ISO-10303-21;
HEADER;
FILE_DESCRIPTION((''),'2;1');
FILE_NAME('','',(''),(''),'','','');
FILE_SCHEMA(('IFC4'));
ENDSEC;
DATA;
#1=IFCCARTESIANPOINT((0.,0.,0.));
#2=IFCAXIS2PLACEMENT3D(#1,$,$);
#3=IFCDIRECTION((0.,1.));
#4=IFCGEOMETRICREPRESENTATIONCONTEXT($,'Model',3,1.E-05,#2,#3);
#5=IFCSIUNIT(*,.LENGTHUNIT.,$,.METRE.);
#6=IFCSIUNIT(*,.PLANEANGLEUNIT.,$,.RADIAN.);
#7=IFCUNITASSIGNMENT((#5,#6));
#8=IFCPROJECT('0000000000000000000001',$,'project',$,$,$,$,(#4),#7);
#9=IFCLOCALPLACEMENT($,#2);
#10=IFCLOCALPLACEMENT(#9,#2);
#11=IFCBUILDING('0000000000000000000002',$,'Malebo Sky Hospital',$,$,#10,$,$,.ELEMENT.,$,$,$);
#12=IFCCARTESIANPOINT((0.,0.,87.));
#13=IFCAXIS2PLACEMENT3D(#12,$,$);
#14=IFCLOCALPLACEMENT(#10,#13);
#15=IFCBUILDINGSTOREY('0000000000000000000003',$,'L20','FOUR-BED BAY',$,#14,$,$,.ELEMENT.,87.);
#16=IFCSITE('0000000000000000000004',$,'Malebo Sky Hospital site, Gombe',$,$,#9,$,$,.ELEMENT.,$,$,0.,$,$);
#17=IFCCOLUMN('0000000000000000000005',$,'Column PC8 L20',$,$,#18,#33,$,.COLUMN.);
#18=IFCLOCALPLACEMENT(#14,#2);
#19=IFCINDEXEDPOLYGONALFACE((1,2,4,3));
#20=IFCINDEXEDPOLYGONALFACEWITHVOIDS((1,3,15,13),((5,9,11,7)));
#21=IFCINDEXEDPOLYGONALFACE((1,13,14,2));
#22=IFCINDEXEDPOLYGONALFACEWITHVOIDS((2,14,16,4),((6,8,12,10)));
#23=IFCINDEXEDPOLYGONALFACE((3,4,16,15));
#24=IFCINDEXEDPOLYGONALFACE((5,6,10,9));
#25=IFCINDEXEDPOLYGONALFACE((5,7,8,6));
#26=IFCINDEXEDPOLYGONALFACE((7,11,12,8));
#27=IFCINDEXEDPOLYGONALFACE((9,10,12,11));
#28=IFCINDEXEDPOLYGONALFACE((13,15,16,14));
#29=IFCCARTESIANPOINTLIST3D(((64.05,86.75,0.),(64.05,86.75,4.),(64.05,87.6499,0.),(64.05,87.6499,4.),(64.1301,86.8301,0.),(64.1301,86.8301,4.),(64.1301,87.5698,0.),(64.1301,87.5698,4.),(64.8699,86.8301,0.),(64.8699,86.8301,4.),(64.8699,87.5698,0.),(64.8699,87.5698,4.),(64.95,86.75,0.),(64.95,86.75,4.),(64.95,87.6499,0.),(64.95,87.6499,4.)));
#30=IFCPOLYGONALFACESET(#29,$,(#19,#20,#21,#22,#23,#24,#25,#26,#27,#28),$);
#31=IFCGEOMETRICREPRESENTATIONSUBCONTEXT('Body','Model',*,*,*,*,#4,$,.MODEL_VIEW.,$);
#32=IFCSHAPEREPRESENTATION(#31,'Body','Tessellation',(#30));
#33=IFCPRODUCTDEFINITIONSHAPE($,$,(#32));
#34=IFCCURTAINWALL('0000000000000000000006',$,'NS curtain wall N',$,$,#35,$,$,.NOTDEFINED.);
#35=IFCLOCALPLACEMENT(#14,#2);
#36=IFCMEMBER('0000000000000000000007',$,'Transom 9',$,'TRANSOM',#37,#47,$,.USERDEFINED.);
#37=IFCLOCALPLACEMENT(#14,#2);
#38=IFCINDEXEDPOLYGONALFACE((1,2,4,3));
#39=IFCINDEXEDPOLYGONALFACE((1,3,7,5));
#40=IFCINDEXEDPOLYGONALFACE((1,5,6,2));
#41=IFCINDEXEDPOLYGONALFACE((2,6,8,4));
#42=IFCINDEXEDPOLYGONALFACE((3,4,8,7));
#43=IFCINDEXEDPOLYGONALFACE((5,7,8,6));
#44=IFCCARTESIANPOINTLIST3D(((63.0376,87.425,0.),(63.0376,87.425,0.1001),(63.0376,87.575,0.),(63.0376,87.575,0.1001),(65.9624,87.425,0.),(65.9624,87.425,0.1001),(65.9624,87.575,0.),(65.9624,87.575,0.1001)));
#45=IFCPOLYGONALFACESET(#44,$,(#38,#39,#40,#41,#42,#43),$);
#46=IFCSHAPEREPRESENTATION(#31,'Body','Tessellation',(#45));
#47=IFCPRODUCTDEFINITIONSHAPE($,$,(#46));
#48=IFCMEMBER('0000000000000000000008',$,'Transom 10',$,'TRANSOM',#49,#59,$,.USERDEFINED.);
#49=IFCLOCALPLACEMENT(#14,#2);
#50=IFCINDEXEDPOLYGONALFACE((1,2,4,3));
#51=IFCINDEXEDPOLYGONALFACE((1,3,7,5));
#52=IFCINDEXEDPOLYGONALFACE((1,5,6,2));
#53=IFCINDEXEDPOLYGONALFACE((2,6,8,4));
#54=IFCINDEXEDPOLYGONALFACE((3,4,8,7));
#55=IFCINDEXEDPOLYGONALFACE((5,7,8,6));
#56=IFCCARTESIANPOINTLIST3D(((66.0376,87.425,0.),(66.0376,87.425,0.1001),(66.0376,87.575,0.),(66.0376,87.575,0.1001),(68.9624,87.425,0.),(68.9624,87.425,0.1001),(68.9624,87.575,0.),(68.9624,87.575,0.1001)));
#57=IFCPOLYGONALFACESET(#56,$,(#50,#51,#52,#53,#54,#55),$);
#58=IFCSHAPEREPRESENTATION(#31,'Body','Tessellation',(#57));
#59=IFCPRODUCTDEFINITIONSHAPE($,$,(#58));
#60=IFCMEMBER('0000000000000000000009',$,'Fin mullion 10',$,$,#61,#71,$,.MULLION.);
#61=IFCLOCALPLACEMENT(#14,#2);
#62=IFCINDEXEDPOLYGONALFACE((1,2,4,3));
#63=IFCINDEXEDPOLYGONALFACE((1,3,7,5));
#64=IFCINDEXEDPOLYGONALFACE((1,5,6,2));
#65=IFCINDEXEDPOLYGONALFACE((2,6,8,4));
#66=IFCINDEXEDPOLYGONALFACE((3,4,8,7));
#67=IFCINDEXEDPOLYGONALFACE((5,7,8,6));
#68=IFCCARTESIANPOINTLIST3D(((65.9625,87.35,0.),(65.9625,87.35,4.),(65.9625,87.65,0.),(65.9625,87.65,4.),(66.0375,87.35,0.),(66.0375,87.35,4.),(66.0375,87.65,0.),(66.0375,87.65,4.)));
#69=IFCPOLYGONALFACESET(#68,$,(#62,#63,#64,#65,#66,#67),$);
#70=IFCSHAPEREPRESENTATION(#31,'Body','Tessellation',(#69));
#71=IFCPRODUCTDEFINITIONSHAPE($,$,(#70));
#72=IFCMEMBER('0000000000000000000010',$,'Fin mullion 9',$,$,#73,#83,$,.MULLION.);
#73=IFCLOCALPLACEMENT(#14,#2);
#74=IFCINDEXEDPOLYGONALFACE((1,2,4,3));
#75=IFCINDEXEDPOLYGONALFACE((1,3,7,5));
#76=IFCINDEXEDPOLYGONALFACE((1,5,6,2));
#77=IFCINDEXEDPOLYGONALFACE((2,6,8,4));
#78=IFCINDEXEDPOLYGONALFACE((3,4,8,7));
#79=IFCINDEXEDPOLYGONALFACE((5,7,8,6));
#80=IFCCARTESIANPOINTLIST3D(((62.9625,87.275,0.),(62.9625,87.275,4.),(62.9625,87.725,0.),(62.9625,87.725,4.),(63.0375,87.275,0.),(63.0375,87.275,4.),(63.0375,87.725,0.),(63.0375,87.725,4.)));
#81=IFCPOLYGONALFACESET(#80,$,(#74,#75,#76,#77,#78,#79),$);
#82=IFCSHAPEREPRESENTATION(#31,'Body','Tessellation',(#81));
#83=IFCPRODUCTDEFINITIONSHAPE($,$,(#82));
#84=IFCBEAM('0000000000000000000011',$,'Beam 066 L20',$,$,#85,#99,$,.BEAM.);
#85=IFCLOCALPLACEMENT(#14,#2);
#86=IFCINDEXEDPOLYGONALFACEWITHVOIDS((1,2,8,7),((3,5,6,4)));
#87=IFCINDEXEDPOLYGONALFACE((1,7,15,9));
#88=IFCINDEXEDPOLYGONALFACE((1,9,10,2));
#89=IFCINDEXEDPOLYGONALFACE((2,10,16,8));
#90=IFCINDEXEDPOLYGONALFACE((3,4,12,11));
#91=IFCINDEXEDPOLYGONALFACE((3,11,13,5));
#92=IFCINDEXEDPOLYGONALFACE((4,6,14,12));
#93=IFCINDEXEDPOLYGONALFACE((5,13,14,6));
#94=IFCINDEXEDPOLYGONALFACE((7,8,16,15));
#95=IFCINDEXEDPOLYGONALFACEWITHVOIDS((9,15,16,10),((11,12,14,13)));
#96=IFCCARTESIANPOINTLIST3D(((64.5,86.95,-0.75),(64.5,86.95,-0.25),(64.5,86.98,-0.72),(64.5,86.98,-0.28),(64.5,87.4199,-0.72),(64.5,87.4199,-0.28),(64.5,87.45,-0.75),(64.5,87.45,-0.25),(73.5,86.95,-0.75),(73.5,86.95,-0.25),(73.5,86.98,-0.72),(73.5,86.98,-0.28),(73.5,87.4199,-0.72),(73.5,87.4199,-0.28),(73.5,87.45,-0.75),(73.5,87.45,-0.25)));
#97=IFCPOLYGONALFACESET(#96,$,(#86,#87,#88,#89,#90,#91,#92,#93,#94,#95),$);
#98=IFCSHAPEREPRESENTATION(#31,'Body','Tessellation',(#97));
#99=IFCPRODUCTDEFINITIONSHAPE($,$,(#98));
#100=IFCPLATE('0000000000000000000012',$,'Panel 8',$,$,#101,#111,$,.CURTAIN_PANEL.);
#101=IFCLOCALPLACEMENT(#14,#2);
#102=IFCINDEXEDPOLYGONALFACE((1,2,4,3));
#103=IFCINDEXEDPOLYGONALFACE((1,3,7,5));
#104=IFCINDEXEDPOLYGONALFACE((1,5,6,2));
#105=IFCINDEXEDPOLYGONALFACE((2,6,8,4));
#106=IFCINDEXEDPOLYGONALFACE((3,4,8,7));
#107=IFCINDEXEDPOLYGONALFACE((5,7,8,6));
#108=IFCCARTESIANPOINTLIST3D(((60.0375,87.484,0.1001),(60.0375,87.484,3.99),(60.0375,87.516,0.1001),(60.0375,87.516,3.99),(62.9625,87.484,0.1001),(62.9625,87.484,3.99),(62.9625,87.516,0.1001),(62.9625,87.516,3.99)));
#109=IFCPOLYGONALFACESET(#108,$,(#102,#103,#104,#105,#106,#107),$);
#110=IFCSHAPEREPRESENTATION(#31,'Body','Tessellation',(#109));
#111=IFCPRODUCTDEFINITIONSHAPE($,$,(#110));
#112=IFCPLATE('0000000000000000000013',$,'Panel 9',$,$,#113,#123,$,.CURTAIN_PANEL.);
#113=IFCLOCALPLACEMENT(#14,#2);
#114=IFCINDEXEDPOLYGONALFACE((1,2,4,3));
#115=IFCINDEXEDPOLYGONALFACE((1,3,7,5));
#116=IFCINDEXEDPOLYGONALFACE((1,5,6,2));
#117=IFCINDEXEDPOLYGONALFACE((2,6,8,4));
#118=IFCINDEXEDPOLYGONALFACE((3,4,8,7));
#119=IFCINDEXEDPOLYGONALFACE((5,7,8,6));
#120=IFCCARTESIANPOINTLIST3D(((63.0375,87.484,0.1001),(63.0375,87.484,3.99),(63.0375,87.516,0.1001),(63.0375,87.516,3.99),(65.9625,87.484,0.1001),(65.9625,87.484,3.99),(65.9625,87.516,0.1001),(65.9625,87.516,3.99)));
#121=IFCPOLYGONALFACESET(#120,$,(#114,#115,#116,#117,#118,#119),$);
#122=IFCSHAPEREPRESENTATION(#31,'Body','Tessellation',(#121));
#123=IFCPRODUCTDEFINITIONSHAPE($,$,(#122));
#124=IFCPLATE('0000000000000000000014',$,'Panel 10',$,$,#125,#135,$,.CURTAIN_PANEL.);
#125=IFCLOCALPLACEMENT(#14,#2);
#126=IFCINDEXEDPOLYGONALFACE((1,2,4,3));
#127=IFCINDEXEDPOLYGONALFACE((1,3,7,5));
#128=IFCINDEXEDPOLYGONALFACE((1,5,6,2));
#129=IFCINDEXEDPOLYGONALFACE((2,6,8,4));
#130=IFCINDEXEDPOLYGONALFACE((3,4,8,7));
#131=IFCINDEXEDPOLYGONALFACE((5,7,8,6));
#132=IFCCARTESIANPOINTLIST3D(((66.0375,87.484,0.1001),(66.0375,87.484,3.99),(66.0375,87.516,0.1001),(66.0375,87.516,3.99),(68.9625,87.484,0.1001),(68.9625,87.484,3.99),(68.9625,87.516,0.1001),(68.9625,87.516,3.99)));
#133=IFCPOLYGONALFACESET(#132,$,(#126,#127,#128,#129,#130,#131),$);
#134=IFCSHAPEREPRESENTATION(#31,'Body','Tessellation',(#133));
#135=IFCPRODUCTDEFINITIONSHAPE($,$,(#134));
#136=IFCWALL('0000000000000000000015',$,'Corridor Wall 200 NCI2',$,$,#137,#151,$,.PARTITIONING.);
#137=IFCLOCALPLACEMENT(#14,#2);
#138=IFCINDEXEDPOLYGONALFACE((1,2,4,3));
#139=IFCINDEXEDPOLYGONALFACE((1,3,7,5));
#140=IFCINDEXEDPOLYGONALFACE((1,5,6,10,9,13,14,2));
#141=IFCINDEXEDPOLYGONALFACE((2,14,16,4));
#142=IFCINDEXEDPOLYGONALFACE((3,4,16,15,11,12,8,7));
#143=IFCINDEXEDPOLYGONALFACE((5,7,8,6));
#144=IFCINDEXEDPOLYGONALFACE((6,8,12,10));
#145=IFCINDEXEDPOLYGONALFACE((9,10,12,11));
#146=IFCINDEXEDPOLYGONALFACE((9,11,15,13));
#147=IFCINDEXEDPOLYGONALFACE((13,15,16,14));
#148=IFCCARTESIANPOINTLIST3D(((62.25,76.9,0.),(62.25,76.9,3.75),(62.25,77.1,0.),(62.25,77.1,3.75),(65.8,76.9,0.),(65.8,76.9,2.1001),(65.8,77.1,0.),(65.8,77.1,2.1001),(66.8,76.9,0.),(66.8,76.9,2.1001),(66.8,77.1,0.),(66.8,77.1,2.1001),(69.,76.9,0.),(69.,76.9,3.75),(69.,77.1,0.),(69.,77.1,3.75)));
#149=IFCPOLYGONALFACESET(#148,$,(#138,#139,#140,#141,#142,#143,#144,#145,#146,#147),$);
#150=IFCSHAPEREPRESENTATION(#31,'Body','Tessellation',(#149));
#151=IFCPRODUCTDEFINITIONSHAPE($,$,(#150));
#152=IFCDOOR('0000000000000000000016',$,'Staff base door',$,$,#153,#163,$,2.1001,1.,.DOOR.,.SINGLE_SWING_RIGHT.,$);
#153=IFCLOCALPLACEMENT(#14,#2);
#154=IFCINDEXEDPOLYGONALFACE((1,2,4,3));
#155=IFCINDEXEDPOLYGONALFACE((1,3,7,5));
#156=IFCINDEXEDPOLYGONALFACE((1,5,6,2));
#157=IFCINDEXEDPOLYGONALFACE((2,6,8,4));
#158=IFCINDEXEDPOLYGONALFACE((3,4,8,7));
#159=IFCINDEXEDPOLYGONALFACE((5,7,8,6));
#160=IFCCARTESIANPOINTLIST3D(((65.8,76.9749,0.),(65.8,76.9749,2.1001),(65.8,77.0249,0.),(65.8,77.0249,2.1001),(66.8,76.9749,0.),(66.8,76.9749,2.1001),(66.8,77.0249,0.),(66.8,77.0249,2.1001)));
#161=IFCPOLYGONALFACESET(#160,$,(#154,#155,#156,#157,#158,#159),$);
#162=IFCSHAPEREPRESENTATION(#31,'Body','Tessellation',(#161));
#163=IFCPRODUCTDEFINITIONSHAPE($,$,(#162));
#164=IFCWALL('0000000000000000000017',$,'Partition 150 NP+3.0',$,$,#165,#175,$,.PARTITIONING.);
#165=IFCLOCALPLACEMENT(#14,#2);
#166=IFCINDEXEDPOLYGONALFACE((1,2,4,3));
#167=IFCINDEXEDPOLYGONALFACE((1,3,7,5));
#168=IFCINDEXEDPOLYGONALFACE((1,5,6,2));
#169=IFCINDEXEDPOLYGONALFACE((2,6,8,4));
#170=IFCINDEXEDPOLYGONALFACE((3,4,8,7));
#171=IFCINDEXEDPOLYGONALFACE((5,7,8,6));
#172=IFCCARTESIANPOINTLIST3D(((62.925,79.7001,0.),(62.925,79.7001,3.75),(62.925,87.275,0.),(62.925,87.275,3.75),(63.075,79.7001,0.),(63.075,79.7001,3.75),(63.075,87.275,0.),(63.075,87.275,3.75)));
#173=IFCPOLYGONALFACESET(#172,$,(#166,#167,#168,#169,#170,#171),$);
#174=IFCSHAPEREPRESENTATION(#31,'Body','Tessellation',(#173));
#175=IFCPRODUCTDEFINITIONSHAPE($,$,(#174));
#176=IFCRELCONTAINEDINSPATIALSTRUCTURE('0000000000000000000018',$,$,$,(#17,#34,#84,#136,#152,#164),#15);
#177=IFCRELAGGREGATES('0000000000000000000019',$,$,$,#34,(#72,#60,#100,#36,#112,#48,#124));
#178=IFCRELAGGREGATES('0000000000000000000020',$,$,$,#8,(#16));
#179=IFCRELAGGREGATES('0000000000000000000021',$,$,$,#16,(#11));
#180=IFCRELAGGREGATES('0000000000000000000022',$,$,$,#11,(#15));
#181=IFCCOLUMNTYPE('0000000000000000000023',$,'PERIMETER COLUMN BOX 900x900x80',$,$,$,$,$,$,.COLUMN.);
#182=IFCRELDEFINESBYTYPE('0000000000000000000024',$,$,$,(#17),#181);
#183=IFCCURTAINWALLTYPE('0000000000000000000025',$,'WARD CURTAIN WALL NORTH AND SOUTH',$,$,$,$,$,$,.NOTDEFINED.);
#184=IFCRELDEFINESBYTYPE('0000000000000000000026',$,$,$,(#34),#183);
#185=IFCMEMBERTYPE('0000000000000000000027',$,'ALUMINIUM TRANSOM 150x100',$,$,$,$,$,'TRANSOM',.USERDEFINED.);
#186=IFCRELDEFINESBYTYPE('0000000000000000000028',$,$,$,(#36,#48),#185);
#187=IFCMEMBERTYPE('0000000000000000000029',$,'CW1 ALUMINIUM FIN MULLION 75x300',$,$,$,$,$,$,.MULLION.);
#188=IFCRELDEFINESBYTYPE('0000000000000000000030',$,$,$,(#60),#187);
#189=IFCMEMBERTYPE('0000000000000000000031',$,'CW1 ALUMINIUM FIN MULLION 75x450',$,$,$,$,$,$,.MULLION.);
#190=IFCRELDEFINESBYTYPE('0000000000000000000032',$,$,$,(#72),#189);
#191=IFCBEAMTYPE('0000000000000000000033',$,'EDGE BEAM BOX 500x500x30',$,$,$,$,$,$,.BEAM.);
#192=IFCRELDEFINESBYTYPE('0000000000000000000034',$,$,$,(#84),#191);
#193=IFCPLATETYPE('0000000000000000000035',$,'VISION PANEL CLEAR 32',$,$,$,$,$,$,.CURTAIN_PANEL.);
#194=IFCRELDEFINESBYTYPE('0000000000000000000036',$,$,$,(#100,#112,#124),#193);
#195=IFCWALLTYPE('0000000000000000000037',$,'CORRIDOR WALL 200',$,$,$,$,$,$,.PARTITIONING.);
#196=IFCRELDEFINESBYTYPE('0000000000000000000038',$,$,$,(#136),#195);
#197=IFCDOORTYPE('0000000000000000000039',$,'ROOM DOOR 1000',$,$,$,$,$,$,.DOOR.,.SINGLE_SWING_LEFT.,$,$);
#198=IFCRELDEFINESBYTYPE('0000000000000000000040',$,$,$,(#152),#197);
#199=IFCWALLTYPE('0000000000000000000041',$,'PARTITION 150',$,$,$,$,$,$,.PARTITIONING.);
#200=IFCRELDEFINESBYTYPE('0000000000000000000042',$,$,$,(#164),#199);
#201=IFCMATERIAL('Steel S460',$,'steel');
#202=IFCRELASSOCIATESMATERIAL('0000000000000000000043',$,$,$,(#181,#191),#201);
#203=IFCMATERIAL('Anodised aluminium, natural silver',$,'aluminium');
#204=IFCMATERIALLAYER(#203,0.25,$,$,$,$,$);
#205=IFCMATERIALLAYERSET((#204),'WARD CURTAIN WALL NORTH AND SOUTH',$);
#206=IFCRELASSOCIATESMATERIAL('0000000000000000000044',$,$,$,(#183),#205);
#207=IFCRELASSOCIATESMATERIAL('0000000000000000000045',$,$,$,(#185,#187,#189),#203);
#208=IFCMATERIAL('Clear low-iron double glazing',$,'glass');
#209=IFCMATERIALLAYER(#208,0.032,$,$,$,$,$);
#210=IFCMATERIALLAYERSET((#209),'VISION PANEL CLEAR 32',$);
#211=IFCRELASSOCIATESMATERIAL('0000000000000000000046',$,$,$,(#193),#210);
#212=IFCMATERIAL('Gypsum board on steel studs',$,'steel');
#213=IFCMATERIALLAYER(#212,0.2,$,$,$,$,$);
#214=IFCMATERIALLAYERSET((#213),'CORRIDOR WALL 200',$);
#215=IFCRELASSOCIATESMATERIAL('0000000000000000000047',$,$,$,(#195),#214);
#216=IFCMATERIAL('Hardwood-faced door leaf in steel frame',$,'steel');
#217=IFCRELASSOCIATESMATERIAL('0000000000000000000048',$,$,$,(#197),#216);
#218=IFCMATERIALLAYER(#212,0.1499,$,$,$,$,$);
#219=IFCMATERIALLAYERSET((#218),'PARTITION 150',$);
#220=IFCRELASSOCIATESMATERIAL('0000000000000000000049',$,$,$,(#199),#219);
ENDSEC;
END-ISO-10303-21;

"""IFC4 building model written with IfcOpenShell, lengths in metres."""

from ifc_helpers import new_model, si_unit, direction, frame, frame_2d, origin, origin_2d, place, context, subcontext, project, spatial, rectangle, hollow_rectangle, extrude, material, layer, layer_set, material_profile, profile_set, type_object, element, fill, aggregate, save


model = new_model("IFC4")

# Units and contexts
model_context = context("Model", 3, precision=1e-05, world=origin(), true_north=direction((0.0, 1.0)))
body_context = subcontext(model_context, "Body", "Model", "MODEL_VIEW")
ifc_project = project(units=[si_unit("LENGTHUNIT", "METRE"), si_unit("PLANEANGLEUNIT", "RADIAN")], contexts=[model_context])

# Site, building, storey
site_placement = place(None, origin())
site = spatial("IfcSite", under=ifc_project, at=site_placement, Name="Malebo Sky Hospital site, Gombe", CompositionType="ELEMENT", RefElevation=0.0)
building_placement = place(site_placement, origin())
building = spatial("IfcBuilding", under=site, at=building_placement, Name="Malebo Sky Hospital", CompositionType="ELEMENT")
storey_placement = place(building_placement, frame((0.0, 0.0, 87.0)))
storey = spatial("IfcBuildingStorey", under=building, at=storey_placement, Name="L20", Description="FOUR-BED BAY", CompositionType="ELEMENT", Elevation=87.0)

# Column
ifc_material_1 = material(Name="Steel S460", Category="steel")
ifc_material_profile_1 = material_profile(ifc_material_1, hollow_rectangle(XDim=0.8999, YDim=0.8999, WallThickness=0.0801, at=origin_2d()), Name="BOX 900x900x80")
ifc_profile_set_1 = profile_set([ifc_material_profile_1], Name="Steel S460")
column_type = type_object("IfcColumnType", Name="PERIMETER COLUMN BOX 900x900x80", PredefinedType="COLUMN", material=ifc_profile_set_1)
column_placement = place(storey_placement, frame((64.5, 87.2, 0.0), z_axis=(0.0, 0.0, 1.0), x_axis=(1.0, 0.0, 0.0)))
element("IfcColumn", 1, at=column_placement, inside=storey, type_object=column_type, Name="Column PC8 L20", PredefinedType="COLUMN", context=body_context, shape_type="SweptSolid", body=[
    extrude(hollow_rectangle(XDim=0.8999, YDim=0.8999, WallThickness=0.0801, at=origin_2d()), origin(), (0.0, 0.0, 1.0), 4.0),
])

# Curtain wall, members
ifc_material_2 = material(Name="Anodised aluminium, natural silver", Category="aluminium")
ifc_layer_1 = layer(ifc_material_2, 0.25)
ifc_layer_set_1 = layer_set([ifc_layer_1], Name="WARD CURTAIN WALL NORTH AND SOUTH")
curtain_wall_type = type_object("IfcCurtainWallType", Name="WARD CURTAIN WALL NORTH AND SOUTH", PredefinedType="NOTDEFINED", material=ifc_layer_set_1)
curtain_wall_placement = place(storey_placement, origin())
curtain_wall = element("IfcCurtainWall", 2, at=curtain_wall_placement, inside=storey, type_object=curtain_wall_type, Name="NS curtain wall N", PredefinedType="NOTDEFINED")
ifc_material_profile_2 = material_profile(ifc_material_2, rectangle(XDim=0.1499, YDim=0.1001, at=origin_2d()), Name="ALUMINIUM TRANSOM 150x100")
ifc_profile_set_2 = profile_set([ifc_material_profile_2], Name="Anodised aluminium, natural silver")
member_type_1 = type_object("IfcMemberType", Name="ALUMINIUM TRANSOM 150x100", ElementType="TRANSOM", PredefinedType="USERDEFINED", material=ifc_profile_set_2)
member_1_placement = place(storey_placement, frame((63.0376, 87.5, 0.05), z_axis=(1.0, 0.0, 0.0), x_axis=(0.0, 1.0, 0.0)))
member_1 = element("IfcMember", 3, at=member_1_placement, type_object=member_type_1, Name="Transom 9", ObjectType="TRANSOM", PredefinedType="USERDEFINED", context=body_context, shape_type="SweptSolid", body=[
    extrude(rectangle(XDim=0.1499, YDim=0.1001, at=origin_2d()), origin(), (0.0, 0.0, 1.0), 2.9248),
])
member_2_placement = place(storey_placement, frame((66.0376, 87.5, 0.05), z_axis=(1.0, 0.0, 0.0), x_axis=(0.0, 1.0, 0.0)))
member_2 = element("IfcMember", 4, at=member_2_placement, type_object=member_type_1, Name="Transom 10", ObjectType="TRANSOM", PredefinedType="USERDEFINED", context=body_context, shape_type="SweptSolid", body=[
    extrude(rectangle(XDim=0.1499, YDim=0.1001, at=origin_2d()), origin(), (0.0, 0.0, 1.0), 2.9248),
])
ifc_material_profile_3 = material_profile(ifc_material_2, rectangle(XDim=0.075, YDim=0.3, at=origin_2d()), Name="CW1 ALUMINIUM FIN MULLION 75x300")
ifc_profile_set_3 = profile_set([ifc_material_profile_3], Name="Anodised aluminium, natural silver")
member_type_2 = type_object("IfcMemberType", Name="CW1 ALUMINIUM FIN MULLION 75x300", PredefinedType="MULLION", material=ifc_profile_set_3)
member_3_placement = place(storey_placement, frame((66.0, 87.5, 0.0), z_axis=(0.0, 0.0, 1.0), x_axis=(1.0, 0.0, 0.0)))
member_3 = element("IfcMember", 5, at=member_3_placement, type_object=member_type_2, Name="Fin mullion 10", PredefinedType="MULLION", context=body_context, shape_type="SweptSolid", body=[
    extrude(rectangle(XDim=0.075, YDim=0.3, at=origin_2d()), origin(), (0.0, 0.0, 1.0), 4.0),
])
ifc_material_profile_4 = material_profile(ifc_material_2, rectangle(XDim=0.075, YDim=0.45, at=origin_2d()), Name="CW1 ALUMINIUM FIN MULLION 75x450")
ifc_profile_set_4 = profile_set([ifc_material_profile_4], Name="Anodised aluminium, natural silver")
member_type_3 = type_object("IfcMemberType", Name="CW1 ALUMINIUM FIN MULLION 75x450", PredefinedType="MULLION", material=ifc_profile_set_4)
member_4_placement = place(storey_placement, frame((63.0, 87.5, 0.0), z_axis=(0.0, 0.0, 1.0), x_axis=(1.0, 0.0, 0.0)))
member_4 = element("IfcMember", 6, at=member_4_placement, type_object=member_type_3, Name="Fin mullion 9", PredefinedType="MULLION", context=body_context, shape_type="SweptSolid", body=[
    extrude(rectangle(XDim=0.075, YDim=0.45, at=origin_2d()), origin(), (0.0, 0.0, 1.0), 4.0),
])

# Beam
ifc_material_profile_5 = material_profile(ifc_material_1, hollow_rectangle(XDim=0.5, YDim=0.5, WallThickness=0.03, at=origin_2d()), Name="BOX 500x500x30")
ifc_profile_set_5 = profile_set([ifc_material_profile_5], Name="Steel S460")
beam_type = type_object("IfcBeamType", Name="EDGE BEAM BOX 500x500x30", PredefinedType="BEAM", material=ifc_profile_set_5)
beam_placement = place(storey_placement, frame((64.5, 87.2, -0.5), z_axis=(1.0, 0.0, 0.0), x_axis=(0.0, 1.0, 0.0)))
element("IfcBeam", 7, at=beam_placement, inside=storey, type_object=beam_type, Name="Beam 066 L20", PredefinedType="BEAM", context=body_context, shape_type="SweptSolid", body=[
    extrude(hollow_rectangle(XDim=0.5, YDim=0.5, WallThickness=0.03, at=origin_2d()), origin(), (0.0, 0.0, 1.0), 9.0),
])

# Plates
ifc_material_3 = material(Name="Clear low-iron double glazing", Category="glass")
ifc_layer_2 = layer(ifc_material_3, 0.032)
ifc_layer_set_2 = layer_set([ifc_layer_2], Name="VISION PANEL CLEAR 32")
plate_type = type_object("IfcPlateType", Name="VISION PANEL CLEAR 32", PredefinedType="CURTAIN_PANEL", material=ifc_layer_set_2)
plate_1_placement = place(storey_placement, frame((61.5, 87.5, 0.1001), z_axis=(0.0, 0.0, 1.0), x_axis=(1.0, 0.0, 0.0)))
plate_1 = element("IfcPlate", 8, at=plate_1_placement, type_object=plate_type, Name="Panel 8", PredefinedType="CURTAIN_PANEL", context=body_context, shape_type="SweptSolid", body=[
    extrude(rectangle(XDim=2.925, YDim=0.032, at=origin_2d()), origin(), (0.0, 0.0, 1.0), 3.8899),
])
plate_2_placement = place(storey_placement, frame((64.5, 87.5, 0.1001), z_axis=(0.0, 0.0, 1.0), x_axis=(1.0, 0.0, 0.0)))
plate_2 = element("IfcPlate", 9, at=plate_2_placement, type_object=plate_type, Name="Panel 9", PredefinedType="CURTAIN_PANEL", context=body_context, shape_type="SweptSolid", body=[
    extrude(rectangle(XDim=2.925, YDim=0.032, at=origin_2d()), origin(), (0.0, 0.0, 1.0), 3.8899),
])
plate_3_placement = place(storey_placement, frame((67.5, 87.5, 0.1001), z_axis=(0.0, 0.0, 1.0), x_axis=(1.0, 0.0, 0.0)))
plate_3 = element("IfcPlate", 10, at=plate_3_placement, type_object=plate_type, Name="Panel 10", PredefinedType="CURTAIN_PANEL", context=body_context, shape_type="SweptSolid", body=[
    extrude(rectangle(XDim=2.925, YDim=0.032, at=origin_2d()), origin(), (0.0, 0.0, 1.0), 3.8899),
])
aggregate(curtain_wall, [member_4, member_3, plate_1, member_1, plate_2, member_2, plate_3])

# Wall, opening, door
ifc_material_4 = material(Name="Gypsum board on steel studs", Category="steel")
ifc_layer_3 = layer(ifc_material_4, 0.2)
ifc_layer_set_3 = layer_set([ifc_layer_3], Name="CORRIDOR WALL 200")
wall_type_1 = type_object("IfcWallType", Name="CORRIDOR WALL 200", PredefinedType="PARTITIONING", material=ifc_layer_set_3)
wall_1_placement = place(storey_placement, frame((62.25, 77.0, 0.0), z_axis=(0.0, 0.0, 1.0), x_axis=(1.0, 0.0, 0.0)))
wall_1 = element("IfcWall", 11, at=wall_1_placement, inside=storey, type_object=wall_type_1, Name="Corridor Wall 200 NCI2", PredefinedType="PARTITIONING", context=body_context, shape_type="SweptSolid", body=[
    extrude(rectangle(XDim=6.75, YDim=0.2, at=frame_2d((3.375, 0.0))), origin(), (0.0, 0.0, 1.0), 3.75),
])
opening_1_placement = place(wall_1_placement, frame((3.55, 0.0, 0.0)))
opening_1 = element("IfcOpeningElement", 12, at=opening_1_placement, cuts=wall_1, PredefinedType="OPENING", context=body_context, shape_type="SweptSolid", body=[
    extrude(rectangle(XDim=1.0, YDim=2.1001, at=frame_2d((0.5, 1.05))), frame((0.0, 0.1099, 0.0), z_axis=(0.0, -1.0, 0.0), x_axis=(1.0, 0.0, 0.0)), (0.0, 0.0, 1.0), 0.22),
])
ifc_material_5 = material(Name="Hardwood-faced door leaf in steel frame", Category="steel")
door_type_1 = type_object("IfcDoorType", Name="ROOM DOOR 1000", OperationType="SINGLE_SWING_LEFT", PredefinedType="DOOR", material=ifc_material_5)
door_1_placement = place(opening_1_placement, origin())
door_1 = element("IfcDoor", 13, at=door_1_placement, inside=storey, type_object=door_type_1, Name="Staff base door", OperationType="SINGLE_SWING_RIGHT", OverallHeight=2.1001, OverallWidth=1.0, PredefinedType="DOOR", context=body_context, shape_type="SweptSolid", body=[
    extrude(rectangle(XDim=1.0, YDim=2.1001, at=frame_2d((0.5, 1.05))), frame((0.0, 0.0249, 0.0), z_axis=(0.0, -1.0, 0.0), x_axis=(1.0, 0.0, 0.0)), (0.0, 0.0, 1.0), 0.05),
])
fill(opening_1, door_1)

# Wall
ifc_layer_4 = layer(ifc_material_4, 0.1499)
ifc_layer_set_4 = layer_set([ifc_layer_4], Name="PARTITION 150")
wall_type_2 = type_object("IfcWallType", Name="PARTITION 150", PredefinedType="PARTITIONING", material=ifc_layer_set_4)
for number, where, z_axis, x_axis, name in (
    (14, (63.0, 79.7, 0.0), (0.0, 0.0, 1.0), (0.0, 1.0, 0.0), "Partition 150 NP+3.0"),
):
    element("IfcWall", number, at=place(storey_placement, frame(where, z_axis=z_axis, x_axis=x_axis)), inside=storey, type_object=wall_type_2, Name=name, PredefinedType="PARTITIONING", context=body_context, shape_type="SweptSolid", body=[
        extrude(rectangle(XDim=7.575, YDim=0.1499, at=frame_2d((3.7876, 0.0))), origin(), (0.0, 0.0, 1.0), 3.75),
    ])

save(model, "model.ifc")
